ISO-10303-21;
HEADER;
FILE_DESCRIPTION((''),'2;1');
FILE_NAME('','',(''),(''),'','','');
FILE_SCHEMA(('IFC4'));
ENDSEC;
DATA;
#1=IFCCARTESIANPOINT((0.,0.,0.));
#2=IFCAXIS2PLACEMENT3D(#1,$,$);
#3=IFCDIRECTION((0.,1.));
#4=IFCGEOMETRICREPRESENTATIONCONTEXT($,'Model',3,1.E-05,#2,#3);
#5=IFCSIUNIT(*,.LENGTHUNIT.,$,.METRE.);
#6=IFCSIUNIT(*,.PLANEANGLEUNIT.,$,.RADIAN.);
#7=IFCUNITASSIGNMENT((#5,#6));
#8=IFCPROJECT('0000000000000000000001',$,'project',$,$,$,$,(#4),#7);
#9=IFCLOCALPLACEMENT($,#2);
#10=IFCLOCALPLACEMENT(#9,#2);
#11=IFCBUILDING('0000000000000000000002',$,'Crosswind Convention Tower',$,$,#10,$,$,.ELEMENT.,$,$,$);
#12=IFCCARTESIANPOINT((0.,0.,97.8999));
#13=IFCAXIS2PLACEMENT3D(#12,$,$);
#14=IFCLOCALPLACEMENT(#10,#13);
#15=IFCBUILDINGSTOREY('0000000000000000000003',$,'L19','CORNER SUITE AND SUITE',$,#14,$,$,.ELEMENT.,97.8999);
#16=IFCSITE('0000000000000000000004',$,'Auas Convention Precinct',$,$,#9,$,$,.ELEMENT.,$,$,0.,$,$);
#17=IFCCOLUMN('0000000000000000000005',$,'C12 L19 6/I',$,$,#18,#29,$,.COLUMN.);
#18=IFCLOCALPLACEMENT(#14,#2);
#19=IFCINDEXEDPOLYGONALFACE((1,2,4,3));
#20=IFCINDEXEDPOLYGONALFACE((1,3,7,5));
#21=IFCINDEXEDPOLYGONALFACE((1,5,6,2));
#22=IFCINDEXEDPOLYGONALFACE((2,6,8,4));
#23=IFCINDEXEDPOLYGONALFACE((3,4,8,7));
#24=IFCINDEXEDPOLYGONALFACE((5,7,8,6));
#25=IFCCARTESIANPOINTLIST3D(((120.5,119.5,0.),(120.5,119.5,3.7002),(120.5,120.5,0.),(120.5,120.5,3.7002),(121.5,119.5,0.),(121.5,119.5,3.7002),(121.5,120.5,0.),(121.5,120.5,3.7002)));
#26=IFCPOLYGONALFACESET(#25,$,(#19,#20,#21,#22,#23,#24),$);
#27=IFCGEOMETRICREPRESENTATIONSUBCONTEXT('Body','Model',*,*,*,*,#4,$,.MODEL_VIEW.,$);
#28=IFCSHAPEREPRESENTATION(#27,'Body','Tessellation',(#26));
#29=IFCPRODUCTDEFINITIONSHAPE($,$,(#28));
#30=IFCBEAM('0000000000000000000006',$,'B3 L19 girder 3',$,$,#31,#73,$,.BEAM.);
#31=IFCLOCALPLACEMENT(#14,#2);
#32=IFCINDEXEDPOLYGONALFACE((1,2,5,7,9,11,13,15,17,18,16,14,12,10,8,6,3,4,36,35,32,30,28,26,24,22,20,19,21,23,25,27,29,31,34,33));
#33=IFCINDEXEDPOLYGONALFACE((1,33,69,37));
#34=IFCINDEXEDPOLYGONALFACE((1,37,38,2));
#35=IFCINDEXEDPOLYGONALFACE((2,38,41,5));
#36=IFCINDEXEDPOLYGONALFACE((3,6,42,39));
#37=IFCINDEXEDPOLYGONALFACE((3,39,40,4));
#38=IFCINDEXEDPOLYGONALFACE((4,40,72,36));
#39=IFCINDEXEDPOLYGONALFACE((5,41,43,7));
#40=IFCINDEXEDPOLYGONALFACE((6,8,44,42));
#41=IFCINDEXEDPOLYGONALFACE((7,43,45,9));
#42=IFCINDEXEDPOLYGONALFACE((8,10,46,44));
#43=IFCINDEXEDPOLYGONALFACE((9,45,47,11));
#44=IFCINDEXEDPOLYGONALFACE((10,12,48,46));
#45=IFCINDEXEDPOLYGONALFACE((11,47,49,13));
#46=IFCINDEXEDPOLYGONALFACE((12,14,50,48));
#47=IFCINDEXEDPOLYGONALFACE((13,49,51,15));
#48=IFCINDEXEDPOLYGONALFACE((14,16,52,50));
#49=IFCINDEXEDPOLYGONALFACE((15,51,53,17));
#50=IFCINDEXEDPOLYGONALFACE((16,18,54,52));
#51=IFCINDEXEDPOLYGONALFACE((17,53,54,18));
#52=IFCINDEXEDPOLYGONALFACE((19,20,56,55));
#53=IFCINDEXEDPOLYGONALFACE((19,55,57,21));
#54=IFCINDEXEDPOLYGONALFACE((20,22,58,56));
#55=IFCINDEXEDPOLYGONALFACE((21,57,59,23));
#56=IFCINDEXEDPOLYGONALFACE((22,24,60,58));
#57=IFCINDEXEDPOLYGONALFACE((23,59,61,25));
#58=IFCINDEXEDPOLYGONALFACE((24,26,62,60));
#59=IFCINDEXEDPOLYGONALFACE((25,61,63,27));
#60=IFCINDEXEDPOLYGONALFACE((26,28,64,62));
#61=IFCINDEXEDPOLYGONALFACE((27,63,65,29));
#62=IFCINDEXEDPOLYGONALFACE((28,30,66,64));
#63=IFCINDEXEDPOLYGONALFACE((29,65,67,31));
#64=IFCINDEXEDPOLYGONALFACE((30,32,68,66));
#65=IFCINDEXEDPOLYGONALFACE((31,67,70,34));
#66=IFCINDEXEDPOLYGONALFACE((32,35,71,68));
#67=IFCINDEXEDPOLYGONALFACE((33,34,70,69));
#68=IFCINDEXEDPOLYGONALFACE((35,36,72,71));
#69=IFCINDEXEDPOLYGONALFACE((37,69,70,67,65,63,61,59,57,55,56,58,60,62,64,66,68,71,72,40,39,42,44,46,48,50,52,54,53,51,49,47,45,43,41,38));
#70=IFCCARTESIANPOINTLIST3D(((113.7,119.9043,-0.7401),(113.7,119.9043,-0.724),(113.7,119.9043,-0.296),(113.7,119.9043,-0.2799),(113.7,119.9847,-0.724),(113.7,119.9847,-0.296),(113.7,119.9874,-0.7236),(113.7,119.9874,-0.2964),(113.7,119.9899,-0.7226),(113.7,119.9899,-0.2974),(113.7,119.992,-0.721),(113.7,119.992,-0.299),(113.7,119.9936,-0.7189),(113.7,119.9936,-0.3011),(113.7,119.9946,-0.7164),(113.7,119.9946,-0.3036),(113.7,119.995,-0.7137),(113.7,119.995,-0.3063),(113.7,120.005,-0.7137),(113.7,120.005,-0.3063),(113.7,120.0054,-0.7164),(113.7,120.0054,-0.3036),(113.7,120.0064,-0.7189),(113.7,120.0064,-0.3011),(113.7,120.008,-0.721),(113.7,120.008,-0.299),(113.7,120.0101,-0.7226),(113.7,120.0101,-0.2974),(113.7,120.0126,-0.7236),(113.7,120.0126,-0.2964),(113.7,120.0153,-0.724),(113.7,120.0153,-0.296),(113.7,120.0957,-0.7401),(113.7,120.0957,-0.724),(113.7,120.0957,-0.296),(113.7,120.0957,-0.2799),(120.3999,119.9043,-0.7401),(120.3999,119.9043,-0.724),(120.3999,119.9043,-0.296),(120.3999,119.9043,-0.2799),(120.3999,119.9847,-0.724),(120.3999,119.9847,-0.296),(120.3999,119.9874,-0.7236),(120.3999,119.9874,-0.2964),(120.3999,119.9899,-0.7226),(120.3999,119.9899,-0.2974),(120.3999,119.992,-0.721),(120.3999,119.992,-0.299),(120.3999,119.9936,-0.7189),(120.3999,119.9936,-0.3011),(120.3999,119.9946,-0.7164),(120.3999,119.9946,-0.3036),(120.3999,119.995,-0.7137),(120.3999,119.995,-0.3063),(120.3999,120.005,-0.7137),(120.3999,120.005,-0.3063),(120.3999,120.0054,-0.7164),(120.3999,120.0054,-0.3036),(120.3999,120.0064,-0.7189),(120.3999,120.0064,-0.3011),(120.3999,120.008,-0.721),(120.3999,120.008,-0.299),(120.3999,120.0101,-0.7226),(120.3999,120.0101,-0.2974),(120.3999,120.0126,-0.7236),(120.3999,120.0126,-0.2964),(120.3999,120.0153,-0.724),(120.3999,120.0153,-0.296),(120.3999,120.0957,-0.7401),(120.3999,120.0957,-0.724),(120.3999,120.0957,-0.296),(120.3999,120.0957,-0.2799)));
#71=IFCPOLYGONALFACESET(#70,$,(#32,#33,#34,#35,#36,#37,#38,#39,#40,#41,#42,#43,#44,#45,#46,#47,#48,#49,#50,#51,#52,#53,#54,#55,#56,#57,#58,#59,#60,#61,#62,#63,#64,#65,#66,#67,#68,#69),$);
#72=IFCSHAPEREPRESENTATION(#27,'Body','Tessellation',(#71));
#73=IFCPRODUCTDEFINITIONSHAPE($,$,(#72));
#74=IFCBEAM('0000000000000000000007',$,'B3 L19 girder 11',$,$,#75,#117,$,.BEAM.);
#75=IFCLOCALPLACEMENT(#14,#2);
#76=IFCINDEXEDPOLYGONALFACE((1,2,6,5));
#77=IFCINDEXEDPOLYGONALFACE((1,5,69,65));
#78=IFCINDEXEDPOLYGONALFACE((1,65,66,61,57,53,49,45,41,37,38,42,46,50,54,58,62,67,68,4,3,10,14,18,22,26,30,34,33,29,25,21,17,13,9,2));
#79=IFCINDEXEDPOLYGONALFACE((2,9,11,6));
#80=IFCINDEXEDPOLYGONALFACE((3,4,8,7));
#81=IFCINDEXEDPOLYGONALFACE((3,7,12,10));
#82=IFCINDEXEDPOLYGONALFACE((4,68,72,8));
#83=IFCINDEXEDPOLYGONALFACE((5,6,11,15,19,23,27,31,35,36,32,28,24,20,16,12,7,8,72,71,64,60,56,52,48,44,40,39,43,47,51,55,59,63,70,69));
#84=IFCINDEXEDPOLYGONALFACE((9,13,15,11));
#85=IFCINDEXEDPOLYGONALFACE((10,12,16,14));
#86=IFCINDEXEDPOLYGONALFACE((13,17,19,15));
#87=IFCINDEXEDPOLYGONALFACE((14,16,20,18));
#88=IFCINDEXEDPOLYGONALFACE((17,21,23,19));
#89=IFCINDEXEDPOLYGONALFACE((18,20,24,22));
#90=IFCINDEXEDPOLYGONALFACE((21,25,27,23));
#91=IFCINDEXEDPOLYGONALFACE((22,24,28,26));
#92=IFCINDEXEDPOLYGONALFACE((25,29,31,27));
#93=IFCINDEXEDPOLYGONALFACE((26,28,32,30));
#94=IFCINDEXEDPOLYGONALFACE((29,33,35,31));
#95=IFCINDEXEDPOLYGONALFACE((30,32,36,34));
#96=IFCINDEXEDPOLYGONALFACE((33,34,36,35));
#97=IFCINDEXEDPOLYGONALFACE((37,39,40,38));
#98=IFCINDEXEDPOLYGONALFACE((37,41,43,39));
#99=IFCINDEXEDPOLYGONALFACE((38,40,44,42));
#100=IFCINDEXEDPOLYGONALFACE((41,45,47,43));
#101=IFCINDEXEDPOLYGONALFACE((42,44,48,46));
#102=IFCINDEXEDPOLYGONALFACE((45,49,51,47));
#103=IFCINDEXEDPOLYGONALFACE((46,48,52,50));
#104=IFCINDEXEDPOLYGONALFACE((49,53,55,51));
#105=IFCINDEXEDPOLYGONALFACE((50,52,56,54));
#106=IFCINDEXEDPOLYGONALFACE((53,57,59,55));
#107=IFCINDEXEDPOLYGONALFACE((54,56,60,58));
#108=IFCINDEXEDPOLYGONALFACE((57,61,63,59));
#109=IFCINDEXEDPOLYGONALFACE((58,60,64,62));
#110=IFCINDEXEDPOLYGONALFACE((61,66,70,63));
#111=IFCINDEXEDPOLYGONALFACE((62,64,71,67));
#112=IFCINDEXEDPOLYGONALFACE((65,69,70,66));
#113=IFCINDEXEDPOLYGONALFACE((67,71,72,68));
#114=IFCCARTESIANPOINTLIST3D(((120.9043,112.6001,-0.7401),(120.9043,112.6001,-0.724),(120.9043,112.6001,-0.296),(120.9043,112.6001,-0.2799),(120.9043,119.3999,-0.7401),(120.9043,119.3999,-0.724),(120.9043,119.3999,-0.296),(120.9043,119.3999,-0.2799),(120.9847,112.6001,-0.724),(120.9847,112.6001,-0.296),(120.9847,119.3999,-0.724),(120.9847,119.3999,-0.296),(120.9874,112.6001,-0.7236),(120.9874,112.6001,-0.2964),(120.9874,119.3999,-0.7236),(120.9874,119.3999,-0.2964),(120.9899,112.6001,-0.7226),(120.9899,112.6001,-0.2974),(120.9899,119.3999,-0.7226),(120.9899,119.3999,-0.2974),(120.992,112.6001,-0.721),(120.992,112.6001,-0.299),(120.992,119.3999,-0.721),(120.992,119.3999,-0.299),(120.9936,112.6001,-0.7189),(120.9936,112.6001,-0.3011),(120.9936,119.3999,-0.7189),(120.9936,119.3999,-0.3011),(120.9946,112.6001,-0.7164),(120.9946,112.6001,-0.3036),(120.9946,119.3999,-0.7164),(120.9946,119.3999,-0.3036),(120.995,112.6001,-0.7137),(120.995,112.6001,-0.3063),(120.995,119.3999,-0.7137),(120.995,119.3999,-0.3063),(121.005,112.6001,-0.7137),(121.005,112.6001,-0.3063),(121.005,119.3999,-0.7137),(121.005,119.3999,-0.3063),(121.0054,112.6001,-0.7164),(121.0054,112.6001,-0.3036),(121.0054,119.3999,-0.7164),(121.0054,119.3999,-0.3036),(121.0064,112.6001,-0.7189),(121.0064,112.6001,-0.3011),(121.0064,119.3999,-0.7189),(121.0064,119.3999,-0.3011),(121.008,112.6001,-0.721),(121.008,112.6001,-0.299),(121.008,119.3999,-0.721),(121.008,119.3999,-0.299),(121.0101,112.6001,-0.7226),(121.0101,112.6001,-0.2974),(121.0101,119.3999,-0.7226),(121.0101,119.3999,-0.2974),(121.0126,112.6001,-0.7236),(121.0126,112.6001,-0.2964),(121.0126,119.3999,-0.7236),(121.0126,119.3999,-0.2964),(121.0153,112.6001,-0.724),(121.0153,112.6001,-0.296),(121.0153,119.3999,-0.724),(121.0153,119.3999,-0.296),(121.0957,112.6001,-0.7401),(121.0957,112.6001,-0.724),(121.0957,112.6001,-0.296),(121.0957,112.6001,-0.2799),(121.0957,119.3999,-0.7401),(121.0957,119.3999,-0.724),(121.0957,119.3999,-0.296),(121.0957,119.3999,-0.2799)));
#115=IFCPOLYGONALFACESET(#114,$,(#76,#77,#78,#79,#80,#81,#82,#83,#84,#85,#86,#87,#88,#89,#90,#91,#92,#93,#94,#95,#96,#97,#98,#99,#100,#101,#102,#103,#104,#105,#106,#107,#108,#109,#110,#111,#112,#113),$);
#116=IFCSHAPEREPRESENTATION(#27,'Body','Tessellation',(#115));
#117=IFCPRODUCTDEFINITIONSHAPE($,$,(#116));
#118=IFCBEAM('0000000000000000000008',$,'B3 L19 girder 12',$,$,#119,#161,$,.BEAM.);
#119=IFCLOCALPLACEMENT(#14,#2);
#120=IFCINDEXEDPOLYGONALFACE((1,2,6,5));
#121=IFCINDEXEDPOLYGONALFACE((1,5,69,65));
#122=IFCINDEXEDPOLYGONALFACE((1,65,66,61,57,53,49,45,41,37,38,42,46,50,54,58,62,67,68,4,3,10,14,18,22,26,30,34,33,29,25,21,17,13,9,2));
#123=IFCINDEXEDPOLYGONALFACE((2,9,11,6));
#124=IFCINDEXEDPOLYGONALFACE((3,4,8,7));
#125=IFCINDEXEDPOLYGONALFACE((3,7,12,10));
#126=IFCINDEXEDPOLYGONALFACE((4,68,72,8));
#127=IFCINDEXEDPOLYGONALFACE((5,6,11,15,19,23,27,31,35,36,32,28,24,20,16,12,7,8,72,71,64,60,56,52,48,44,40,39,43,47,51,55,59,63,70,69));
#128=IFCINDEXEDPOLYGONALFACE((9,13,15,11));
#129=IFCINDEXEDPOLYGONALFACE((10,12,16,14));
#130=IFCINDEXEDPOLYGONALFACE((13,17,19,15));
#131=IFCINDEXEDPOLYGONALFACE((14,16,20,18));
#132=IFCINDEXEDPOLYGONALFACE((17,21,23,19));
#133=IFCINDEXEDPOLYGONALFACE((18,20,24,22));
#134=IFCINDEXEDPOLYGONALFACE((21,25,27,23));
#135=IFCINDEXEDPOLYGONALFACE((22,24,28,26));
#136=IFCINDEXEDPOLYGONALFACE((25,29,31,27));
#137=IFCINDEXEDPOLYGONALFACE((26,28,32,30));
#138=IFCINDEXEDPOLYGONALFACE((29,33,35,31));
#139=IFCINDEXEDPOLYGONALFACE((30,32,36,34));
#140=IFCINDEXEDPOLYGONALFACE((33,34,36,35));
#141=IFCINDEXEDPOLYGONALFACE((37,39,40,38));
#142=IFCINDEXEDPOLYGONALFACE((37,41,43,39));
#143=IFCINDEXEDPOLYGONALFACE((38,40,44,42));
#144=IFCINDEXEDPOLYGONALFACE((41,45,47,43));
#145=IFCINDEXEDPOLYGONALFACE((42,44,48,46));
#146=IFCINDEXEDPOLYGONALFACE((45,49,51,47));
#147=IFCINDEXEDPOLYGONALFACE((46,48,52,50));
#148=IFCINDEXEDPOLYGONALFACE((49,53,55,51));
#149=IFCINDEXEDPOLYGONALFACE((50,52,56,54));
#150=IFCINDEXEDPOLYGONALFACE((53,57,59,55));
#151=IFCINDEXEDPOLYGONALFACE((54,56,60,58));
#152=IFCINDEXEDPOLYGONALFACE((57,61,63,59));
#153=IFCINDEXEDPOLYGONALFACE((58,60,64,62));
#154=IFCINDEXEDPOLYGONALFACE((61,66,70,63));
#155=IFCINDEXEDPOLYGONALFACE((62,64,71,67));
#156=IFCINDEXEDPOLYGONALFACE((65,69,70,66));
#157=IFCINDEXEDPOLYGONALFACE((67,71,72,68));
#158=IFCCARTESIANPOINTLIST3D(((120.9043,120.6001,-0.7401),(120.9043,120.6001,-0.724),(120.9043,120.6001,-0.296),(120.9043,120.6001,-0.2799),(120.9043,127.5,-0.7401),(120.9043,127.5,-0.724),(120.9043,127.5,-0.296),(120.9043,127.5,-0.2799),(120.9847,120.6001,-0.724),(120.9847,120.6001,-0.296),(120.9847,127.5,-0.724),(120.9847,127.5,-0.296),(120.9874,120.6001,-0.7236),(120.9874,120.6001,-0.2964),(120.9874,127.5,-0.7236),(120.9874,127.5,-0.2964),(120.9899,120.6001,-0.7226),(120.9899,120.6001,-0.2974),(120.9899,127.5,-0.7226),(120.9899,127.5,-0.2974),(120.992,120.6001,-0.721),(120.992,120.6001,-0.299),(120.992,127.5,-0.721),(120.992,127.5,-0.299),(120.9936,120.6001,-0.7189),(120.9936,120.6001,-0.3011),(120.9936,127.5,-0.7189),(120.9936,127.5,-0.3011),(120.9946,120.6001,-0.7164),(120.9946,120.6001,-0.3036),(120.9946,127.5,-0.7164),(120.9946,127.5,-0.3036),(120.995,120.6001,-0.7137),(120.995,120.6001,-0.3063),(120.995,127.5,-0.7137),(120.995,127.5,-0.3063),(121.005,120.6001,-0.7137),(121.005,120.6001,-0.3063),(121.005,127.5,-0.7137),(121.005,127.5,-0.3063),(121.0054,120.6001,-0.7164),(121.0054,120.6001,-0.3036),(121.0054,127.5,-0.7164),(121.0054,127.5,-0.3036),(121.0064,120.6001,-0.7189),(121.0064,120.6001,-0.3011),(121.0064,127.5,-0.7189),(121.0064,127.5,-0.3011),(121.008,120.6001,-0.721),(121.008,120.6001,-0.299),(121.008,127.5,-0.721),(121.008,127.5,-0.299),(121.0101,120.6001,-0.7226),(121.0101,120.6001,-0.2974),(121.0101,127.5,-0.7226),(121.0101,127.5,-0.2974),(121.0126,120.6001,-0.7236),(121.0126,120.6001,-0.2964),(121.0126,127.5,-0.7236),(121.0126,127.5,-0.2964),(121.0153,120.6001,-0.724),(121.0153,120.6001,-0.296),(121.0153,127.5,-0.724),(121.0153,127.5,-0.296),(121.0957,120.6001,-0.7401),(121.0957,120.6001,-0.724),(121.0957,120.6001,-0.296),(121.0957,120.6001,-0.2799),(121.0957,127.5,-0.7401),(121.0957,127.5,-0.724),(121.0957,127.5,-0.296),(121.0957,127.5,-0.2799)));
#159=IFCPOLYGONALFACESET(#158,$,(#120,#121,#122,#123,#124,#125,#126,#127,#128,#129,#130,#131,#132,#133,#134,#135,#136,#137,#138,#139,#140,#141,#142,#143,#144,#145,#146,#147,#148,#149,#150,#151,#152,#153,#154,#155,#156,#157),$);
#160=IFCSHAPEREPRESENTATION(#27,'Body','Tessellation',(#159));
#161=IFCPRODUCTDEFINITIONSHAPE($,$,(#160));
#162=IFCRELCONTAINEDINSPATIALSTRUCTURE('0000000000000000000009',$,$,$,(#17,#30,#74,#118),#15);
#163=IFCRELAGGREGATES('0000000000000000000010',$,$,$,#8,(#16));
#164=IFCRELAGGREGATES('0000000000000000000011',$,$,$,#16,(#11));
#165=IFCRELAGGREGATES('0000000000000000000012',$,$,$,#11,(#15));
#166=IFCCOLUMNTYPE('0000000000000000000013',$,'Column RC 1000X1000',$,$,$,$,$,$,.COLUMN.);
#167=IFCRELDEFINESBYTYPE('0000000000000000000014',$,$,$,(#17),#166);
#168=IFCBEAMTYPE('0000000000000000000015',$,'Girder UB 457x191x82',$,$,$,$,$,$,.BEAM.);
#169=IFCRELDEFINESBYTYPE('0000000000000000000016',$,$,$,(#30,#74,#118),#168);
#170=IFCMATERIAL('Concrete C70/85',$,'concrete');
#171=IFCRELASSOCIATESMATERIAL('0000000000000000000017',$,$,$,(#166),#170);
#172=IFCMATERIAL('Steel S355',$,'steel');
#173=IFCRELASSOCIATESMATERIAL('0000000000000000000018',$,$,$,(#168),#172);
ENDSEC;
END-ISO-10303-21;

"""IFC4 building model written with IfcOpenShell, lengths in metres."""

from ifc_helpers import new_model, si_unit, direction, frame, origin, origin_2d, place, context, subcontext, project, spatial, rectangle, i_section, extrude, material, material_profile, profile_set, type_object, element, save


model = new_model("IFC4")

# Units and contexts
model_context = context("Model", 3, precision=1e-05, world=origin(), true_north=direction((0.0, 1.0)))
body_context = subcontext(model_context, "Body", "Model", "MODEL_VIEW")
ifc_project = project(units=[si_unit("LENGTHUNIT", "METRE"), si_unit("PLANEANGLEUNIT", "RADIAN")], contexts=[model_context])

# Site, building, storey
site_placement = place(None, origin())
site = spatial("IfcSite", under=ifc_project, at=site_placement, Name="Auas Convention Precinct", CompositionType="ELEMENT", RefElevation=0.0)
building_placement = place(site_placement, origin())
building = spatial("IfcBuilding", under=site, at=building_placement, Name="Crosswind Convention Tower", CompositionType="ELEMENT")
storey_placement = place(building_placement, frame((0.0, 0.0, 97.8999)))
storey = spatial("IfcBuildingStorey", under=building, at=storey_placement, Name="L19", Description="CORNER SUITE AND SUITE", CompositionType="ELEMENT", Elevation=97.8999)

# Column
ifc_material_1 = material(Name="Concrete C70/85", Category="concrete")
ifc_material_profile_1 = material_profile(ifc_material_1, rectangle(XDim=1.0, YDim=1.0, at=origin_2d()), Name="RC 1000X1000")
ifc_profile_set_1 = profile_set([ifc_material_profile_1], Name="Concrete C70/85")
column_type = type_object("IfcColumnType", Name="Column RC 1000X1000", PredefinedType="COLUMN", material=ifc_profile_set_1)
column_placement = place(storey_placement, frame((121.0, 120.0, 0.0), z_axis=(0.0, 0.0, 1.0), x_axis=(1.0, 0.0, 0.0)))
element("IfcColumn", 1, at=column_placement, inside=storey, type_object=column_type, Name="C12 L19 6/I", PredefinedType="COLUMN", context=body_context, shape_type="SweptSolid", body=[
    extrude(rectangle(XDim=1.0, YDim=1.0, at=origin_2d()), origin(), (0.0, 0.0, 1.0), 3.7002),
])

# Beams
ifc_material_2 = material(Name="Steel S355", Category="steel")
ifc_material_profile_2 = material_profile(ifc_material_2, i_section(OverallWidth=0.1914, OverallDepth=0.4602, WebThickness=0.01, FlangeThickness=0.0161, FilletRadius=0.0103, at=origin_2d()), Name="UB 457x191x82")
ifc_profile_set_2 = profile_set([ifc_material_profile_2], Name="Steel S355")
beam_type_1 = type_object("IfcBeamType", Name="Girder UB 457x191x82", PredefinedType="BEAM", material=ifc_profile_set_2)
beam_1_placement = place(storey_placement, frame((113.7, 120.0, -0.51), z_axis=(1.0, 0.0, 0.0), x_axis=(0.0, 1.0, 0.0)))
element("IfcBeam", 2, at=beam_1_placement, inside=storey, type_object=beam_type_1, Name="B3 L19 girder 3", PredefinedType="BEAM", context=body_context, shape_type="SweptSolid", body=[
    extrude(i_section(OverallWidth=0.1914, OverallDepth=0.4602, WebThickness=0.01, FlangeThickness=0.0161, FilletRadius=0.0103, at=origin_2d()), origin(), (0.0, 0.0, 1.0), 6.7),
])
beam_2_placement = place(storey_placement, frame((121.0, 112.6001, -0.51), z_axis=(0.0, 1.0, 0.0), x_axis=(-1.0, 0.0, 0.0)))
element("IfcBeam", 3, at=beam_2_placement, inside=storey, type_object=beam_type_1, Name="B3 L19 girder 11", PredefinedType="BEAM", context=body_context, shape_type="SweptSolid", body=[
    extrude(i_section(OverallWidth=0.1914, OverallDepth=0.4602, WebThickness=0.01, FlangeThickness=0.0161, FilletRadius=0.0103, at=origin_2d()), origin(), (0.0, 0.0, 1.0), 6.7998),
])
beam_3_placement = place(storey_placement, frame((121.0, 120.6001, -0.51), z_axis=(0.0, 1.0, 0.0), x_axis=(-1.0, 0.0, 0.0)))
element("IfcBeam", 4, at=beam_3_placement, inside=storey, type_object=beam_type_1, Name="B3 L19 girder 12", PredefinedType="BEAM", context=body_context, shape_type="SweptSolid", body=[
    extrude(i_section(OverallWidth=0.1914, OverallDepth=0.4602, WebThickness=0.01, FlangeThickness=0.0161, FilletRadius=0.0103, at=origin_2d()), origin(), (0.0, 0.0, 1.0), 6.8999),
])

save(model, "model.ifc")
